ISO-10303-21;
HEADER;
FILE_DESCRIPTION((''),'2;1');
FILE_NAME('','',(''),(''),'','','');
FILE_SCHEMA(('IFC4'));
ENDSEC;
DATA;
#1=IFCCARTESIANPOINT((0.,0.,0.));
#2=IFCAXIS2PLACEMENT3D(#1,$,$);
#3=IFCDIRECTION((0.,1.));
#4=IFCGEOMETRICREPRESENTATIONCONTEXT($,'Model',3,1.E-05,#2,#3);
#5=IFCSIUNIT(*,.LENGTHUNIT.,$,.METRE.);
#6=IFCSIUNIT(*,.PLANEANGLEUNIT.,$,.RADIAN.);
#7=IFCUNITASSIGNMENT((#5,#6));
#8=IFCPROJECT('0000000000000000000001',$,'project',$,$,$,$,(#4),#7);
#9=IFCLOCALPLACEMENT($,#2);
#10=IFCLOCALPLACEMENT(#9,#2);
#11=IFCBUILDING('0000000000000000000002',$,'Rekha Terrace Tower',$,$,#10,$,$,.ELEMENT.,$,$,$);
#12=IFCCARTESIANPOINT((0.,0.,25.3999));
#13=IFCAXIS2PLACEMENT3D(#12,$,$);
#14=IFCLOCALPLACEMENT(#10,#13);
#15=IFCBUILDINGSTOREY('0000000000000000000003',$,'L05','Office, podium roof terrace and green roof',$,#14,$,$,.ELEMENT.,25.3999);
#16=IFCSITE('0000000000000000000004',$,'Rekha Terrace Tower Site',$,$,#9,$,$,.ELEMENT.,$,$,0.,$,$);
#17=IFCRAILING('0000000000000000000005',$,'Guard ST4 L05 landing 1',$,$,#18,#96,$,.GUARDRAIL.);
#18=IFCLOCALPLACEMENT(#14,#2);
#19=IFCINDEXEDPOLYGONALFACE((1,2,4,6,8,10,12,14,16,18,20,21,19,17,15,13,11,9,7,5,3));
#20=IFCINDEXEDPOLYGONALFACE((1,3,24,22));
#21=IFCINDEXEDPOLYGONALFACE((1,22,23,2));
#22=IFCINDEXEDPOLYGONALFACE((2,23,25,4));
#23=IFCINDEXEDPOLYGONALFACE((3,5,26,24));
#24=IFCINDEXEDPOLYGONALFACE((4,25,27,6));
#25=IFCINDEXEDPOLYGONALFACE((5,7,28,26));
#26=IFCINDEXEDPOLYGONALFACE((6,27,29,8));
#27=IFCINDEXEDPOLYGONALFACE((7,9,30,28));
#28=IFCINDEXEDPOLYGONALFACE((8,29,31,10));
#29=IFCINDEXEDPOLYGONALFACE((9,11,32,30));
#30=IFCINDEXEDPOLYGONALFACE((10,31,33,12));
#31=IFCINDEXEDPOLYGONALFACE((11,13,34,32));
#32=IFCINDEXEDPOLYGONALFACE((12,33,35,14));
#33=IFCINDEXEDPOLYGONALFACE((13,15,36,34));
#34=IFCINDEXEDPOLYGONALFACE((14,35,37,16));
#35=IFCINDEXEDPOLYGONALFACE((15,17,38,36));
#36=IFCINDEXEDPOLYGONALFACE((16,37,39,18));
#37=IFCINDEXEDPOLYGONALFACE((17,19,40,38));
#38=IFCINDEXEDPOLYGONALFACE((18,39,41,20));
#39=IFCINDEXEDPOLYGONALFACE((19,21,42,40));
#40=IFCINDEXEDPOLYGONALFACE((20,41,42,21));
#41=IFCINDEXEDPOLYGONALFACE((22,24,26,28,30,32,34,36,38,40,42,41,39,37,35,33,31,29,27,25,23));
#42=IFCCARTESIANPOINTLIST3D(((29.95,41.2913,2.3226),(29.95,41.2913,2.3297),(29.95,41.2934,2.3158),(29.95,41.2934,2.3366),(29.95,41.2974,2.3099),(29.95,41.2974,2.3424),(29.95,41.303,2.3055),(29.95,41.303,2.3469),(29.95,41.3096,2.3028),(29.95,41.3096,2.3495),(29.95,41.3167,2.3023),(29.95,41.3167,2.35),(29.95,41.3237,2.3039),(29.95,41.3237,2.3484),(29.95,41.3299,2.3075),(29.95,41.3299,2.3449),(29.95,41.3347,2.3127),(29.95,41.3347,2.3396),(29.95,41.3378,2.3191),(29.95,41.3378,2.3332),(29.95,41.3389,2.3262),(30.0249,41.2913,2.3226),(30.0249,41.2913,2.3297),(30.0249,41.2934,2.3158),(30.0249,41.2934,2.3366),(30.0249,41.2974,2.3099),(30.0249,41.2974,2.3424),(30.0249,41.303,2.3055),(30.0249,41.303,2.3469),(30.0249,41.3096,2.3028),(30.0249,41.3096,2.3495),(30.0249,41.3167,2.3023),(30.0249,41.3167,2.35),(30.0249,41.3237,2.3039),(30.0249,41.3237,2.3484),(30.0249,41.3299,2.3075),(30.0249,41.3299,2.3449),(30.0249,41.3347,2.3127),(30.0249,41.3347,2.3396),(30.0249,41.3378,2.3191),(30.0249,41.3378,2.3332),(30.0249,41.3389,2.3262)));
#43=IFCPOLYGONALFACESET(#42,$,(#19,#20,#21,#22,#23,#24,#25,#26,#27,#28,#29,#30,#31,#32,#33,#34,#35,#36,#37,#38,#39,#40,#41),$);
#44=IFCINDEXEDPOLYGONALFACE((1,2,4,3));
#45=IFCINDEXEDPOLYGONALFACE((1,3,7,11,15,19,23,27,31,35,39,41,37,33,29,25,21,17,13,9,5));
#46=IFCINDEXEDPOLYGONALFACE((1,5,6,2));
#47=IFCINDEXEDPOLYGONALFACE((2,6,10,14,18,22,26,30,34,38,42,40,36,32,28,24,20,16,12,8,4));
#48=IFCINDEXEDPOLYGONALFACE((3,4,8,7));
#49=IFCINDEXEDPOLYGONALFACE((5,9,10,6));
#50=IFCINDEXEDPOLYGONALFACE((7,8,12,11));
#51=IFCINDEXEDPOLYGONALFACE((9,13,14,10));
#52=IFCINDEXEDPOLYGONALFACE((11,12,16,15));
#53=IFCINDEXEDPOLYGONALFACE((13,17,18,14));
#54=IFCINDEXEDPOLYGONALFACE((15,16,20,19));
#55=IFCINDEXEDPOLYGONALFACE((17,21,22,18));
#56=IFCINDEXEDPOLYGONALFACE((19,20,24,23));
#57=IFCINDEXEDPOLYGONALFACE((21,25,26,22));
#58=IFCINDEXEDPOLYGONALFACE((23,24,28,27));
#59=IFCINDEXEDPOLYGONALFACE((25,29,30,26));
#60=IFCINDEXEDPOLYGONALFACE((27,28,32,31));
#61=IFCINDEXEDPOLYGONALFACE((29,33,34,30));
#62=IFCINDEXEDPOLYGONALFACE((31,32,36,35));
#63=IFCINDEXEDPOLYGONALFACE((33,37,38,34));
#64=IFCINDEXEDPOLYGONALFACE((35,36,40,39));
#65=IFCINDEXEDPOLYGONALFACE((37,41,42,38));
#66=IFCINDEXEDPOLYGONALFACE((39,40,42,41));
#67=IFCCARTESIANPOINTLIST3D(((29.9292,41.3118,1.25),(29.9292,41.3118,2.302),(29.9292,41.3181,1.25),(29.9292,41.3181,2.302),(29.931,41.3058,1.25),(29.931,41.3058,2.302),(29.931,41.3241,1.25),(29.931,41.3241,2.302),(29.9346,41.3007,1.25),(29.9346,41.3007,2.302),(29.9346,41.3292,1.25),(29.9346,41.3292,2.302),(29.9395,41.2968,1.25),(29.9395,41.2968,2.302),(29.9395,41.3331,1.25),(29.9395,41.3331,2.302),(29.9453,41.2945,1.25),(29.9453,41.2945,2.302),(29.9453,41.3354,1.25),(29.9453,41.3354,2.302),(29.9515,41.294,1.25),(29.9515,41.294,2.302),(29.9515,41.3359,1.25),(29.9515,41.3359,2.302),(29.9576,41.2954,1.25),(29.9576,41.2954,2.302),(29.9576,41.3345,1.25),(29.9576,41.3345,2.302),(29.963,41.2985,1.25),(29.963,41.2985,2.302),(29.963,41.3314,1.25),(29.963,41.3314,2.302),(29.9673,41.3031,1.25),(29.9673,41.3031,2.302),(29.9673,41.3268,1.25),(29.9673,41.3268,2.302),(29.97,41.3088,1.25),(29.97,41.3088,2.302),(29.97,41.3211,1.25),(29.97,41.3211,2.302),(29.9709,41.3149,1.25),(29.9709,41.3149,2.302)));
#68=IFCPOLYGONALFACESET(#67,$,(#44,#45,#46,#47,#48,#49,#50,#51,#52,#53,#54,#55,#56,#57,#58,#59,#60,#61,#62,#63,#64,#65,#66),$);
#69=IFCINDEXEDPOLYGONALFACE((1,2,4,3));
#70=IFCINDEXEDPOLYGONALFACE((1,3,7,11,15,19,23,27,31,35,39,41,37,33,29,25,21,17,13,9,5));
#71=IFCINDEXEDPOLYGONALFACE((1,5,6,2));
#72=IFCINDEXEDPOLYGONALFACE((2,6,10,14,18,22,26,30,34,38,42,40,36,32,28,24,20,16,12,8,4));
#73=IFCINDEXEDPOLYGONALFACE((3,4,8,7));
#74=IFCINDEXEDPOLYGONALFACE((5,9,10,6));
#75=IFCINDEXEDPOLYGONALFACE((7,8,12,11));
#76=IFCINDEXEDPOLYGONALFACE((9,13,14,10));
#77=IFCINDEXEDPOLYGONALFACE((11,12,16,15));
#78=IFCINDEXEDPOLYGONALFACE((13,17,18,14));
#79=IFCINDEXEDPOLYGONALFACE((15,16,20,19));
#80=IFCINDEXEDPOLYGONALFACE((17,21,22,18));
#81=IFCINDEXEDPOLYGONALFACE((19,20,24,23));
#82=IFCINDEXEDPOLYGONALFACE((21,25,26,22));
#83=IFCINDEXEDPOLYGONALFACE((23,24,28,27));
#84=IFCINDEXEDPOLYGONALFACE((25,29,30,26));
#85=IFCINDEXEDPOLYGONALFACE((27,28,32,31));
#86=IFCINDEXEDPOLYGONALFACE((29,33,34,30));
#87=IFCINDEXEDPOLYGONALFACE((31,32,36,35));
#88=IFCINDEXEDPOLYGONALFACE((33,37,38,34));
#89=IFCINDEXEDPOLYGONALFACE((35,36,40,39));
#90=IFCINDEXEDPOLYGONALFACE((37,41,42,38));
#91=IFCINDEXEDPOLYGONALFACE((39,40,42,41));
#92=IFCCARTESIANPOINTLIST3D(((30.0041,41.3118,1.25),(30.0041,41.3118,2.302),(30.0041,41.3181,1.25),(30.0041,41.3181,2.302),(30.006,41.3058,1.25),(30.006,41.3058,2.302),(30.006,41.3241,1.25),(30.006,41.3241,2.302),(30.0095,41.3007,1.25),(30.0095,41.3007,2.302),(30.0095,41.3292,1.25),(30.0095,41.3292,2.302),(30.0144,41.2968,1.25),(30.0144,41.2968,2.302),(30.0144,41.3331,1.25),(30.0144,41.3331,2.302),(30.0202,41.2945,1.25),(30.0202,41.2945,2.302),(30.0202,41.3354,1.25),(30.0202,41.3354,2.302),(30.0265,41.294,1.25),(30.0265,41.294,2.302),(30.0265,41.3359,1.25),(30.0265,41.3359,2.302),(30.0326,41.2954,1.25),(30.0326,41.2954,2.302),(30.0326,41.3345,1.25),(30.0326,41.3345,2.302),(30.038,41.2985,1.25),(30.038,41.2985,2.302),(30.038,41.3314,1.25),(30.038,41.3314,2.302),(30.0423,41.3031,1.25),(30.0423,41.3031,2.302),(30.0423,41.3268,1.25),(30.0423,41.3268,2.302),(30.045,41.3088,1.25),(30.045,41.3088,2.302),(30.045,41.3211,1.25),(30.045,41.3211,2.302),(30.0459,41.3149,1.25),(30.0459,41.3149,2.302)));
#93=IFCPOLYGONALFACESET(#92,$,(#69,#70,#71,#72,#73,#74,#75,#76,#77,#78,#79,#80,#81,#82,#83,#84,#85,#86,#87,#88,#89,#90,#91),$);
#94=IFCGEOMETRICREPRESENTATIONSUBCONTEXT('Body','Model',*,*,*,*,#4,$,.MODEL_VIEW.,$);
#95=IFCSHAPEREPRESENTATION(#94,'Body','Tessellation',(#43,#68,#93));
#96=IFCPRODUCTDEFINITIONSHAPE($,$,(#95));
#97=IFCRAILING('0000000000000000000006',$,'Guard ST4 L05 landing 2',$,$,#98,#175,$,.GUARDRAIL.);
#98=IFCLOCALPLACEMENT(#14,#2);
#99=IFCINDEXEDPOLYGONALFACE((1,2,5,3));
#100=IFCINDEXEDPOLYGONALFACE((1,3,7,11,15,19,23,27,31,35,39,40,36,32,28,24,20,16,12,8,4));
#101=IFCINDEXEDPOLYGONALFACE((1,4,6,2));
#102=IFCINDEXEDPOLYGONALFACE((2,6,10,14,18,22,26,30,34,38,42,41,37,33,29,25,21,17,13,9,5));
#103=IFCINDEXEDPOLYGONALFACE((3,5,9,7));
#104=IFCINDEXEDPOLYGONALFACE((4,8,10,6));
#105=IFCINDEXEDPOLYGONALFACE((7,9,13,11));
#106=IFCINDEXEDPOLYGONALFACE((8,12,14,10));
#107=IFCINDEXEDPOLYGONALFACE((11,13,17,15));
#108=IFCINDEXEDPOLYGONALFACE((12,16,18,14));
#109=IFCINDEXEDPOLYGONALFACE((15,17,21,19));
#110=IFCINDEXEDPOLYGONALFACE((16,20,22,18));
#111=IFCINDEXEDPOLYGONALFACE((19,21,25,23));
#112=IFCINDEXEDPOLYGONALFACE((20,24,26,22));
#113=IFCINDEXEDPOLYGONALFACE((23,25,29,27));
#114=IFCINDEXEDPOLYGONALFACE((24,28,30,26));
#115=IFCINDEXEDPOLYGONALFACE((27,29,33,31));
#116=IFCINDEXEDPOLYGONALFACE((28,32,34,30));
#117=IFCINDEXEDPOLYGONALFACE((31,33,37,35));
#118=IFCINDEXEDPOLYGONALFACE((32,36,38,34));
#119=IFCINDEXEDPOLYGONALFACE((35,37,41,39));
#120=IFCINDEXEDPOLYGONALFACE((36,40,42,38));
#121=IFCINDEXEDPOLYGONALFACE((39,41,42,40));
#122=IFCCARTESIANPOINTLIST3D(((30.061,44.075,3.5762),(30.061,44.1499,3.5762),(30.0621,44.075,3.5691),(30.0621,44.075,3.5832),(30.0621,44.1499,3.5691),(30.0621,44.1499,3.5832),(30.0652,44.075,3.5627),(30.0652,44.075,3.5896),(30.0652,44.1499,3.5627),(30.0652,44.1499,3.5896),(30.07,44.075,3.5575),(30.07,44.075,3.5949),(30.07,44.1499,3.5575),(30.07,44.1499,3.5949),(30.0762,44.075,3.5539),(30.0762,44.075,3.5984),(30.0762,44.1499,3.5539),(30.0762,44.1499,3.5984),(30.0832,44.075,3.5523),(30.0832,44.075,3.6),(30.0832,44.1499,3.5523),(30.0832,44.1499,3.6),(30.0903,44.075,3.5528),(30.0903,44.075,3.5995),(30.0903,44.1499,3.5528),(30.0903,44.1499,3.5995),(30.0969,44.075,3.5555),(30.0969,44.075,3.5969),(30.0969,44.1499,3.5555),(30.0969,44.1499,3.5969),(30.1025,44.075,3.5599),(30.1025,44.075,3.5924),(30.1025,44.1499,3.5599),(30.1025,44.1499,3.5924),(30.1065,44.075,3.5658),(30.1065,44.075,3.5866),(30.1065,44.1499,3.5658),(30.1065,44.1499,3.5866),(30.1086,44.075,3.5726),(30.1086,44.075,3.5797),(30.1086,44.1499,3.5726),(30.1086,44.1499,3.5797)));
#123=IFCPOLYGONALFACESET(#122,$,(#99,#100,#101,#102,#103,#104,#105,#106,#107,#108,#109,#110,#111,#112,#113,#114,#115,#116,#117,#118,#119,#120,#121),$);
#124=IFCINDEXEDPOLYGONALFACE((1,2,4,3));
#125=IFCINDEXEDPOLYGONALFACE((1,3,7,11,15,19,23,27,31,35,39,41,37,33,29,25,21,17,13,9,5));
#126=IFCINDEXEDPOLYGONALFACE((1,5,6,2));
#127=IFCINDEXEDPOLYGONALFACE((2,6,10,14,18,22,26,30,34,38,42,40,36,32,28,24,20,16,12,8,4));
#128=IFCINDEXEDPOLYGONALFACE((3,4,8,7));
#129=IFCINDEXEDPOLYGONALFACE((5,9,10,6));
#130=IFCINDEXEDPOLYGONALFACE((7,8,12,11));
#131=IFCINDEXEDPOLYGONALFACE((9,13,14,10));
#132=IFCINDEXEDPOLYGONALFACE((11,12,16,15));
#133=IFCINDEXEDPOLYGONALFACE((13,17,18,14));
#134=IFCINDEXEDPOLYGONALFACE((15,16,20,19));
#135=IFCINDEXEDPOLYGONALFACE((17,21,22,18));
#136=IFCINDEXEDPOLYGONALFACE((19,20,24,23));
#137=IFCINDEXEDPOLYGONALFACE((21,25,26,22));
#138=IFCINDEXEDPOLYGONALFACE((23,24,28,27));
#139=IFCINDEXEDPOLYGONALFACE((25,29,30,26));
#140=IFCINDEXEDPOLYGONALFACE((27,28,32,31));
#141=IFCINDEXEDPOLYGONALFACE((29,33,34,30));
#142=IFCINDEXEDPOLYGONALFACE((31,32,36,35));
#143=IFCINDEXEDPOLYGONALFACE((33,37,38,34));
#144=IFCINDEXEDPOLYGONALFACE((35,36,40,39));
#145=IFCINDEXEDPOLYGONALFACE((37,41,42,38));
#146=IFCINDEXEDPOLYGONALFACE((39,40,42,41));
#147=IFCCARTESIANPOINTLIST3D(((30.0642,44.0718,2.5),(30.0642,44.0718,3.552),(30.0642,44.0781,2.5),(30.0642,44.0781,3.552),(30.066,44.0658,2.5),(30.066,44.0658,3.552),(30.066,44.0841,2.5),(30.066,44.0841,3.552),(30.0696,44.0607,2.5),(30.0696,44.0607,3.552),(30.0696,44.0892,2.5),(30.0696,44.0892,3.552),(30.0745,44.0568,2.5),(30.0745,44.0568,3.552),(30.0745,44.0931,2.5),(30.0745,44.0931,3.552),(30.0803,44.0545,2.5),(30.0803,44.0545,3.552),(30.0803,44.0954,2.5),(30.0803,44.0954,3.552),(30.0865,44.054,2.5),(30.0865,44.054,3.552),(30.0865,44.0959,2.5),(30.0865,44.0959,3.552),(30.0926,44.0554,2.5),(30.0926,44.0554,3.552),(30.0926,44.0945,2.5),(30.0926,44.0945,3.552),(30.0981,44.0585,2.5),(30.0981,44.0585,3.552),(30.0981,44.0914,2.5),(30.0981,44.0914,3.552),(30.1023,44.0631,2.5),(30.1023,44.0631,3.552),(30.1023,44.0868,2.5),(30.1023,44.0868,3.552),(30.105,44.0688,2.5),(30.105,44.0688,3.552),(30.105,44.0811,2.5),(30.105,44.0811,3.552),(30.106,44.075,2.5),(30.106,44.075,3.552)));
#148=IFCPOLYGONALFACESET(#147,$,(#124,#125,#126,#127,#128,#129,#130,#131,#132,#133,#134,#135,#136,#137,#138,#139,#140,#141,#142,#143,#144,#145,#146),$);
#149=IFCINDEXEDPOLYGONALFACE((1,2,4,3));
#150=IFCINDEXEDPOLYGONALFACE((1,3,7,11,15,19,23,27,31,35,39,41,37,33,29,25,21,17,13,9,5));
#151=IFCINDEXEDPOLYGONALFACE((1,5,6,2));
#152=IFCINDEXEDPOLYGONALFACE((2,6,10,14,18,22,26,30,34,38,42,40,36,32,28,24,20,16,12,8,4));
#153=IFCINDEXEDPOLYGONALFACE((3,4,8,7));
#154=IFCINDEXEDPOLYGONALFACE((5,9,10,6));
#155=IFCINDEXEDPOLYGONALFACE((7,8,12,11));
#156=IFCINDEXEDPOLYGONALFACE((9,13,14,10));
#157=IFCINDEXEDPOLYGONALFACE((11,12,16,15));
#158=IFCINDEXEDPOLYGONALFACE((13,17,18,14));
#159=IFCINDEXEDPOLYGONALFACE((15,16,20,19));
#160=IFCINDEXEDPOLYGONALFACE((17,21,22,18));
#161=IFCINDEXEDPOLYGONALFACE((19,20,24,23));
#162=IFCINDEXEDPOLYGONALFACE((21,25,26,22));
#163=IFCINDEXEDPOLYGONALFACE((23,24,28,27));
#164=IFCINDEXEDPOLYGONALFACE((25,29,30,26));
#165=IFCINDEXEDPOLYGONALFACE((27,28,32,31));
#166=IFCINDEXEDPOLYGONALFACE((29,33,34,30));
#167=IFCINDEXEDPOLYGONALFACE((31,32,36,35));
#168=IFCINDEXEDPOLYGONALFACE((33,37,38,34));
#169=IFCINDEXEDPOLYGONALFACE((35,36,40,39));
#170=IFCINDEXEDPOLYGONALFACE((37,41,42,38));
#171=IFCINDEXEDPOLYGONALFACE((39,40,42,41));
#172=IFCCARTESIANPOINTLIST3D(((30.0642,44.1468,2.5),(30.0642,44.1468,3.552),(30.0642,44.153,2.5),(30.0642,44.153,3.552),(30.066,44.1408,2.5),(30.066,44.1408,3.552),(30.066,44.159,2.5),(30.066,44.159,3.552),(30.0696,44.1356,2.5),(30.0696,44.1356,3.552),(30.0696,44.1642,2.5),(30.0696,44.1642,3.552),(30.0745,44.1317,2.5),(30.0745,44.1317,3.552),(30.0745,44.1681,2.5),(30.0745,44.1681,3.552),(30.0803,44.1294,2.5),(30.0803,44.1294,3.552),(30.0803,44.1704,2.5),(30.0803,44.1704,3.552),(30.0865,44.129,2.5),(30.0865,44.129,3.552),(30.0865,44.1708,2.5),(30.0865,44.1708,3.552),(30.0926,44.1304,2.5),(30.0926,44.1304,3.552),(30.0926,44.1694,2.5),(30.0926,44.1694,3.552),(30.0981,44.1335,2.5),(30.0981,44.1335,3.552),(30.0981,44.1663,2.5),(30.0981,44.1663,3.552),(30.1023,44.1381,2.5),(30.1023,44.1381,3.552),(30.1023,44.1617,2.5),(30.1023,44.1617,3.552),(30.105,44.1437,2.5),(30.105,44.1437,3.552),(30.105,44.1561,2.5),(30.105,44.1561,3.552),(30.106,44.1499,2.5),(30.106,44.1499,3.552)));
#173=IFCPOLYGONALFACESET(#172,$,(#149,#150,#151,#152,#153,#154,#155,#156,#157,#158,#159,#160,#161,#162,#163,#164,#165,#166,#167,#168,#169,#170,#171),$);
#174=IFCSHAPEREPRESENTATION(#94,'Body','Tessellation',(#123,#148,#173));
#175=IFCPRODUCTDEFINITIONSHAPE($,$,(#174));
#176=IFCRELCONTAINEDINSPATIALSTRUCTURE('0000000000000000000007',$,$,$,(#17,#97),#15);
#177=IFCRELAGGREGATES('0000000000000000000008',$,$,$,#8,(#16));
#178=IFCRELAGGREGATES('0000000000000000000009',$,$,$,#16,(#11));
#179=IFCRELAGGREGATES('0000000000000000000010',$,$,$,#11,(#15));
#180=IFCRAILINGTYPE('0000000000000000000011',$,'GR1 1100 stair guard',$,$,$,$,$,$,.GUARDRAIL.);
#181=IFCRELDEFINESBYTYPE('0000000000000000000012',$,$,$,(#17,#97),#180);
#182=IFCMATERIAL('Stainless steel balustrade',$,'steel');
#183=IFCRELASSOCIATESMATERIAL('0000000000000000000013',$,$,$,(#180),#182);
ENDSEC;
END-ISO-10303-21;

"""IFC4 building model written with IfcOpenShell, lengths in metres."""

from ifc_helpers import new_model, si_unit, direction, frame, origin, origin_2d, place, context, subcontext, project, spatial, circle, extrude, material, type_object, element, save


model = new_model("IFC4")

# Units and contexts
model_context = context("Model", 3, precision=1e-05, world=origin(), true_north=direction((0.0, 1.0)))
body_context = subcontext(model_context, "Body", "Model", "MODEL_VIEW")
ifc_project = project(units=[si_unit("LENGTHUNIT", "METRE"), si_unit("PLANEANGLEUNIT", "RADIAN")], contexts=[model_context])

# Site, building, storey
site_placement = place(None, origin())
site = spatial("IfcSite", under=ifc_project, at=site_placement, Name="Rekha Terrace Tower Site", CompositionType="ELEMENT", RefElevation=0.0)
building_placement = place(site_placement, origin())
building = spatial("IfcBuilding", under=site, at=building_placement, Name="Rekha Terrace Tower", CompositionType="ELEMENT")
storey_placement = place(building_placement, frame((0.0, 0.0, 25.3999)))
storey = spatial("IfcBuildingStorey", under=building, at=storey_placement, Name="L05", Description="Office, podium roof terrace and green roof", CompositionType="ELEMENT", Elevation=25.3999)

# Railings
ifc_material_1 = material(Name="Stainless steel balustrade", Category="steel")
railing_type_1 = type_object("IfcRailingType", Name="GR1 1100 stair guard", PredefinedType="GUARDRAIL", material=ifc_material_1)
railing_1_placement = place(storey_placement, frame((29.95, 41.3149, 1.25)))
element("IfcRailing", 1, at=railing_1_placement, inside=storey, type_object=railing_type_1, Name="Guard ST4 L05 landing 1", PredefinedType="GUARDRAIL", context=body_context, shape_type="SweptSolid", body=[
    extrude(circle(Radius=0.0239, at=origin_2d()), frame((0.0, 0.0, 1.0762), z_axis=(1.0, 0.0, 0.0), x_axis=(0.0, 1.0, 0.0)), (0.0, 0.0, 1.0), 0.075),
    extrude(circle(Radius=0.021, at=origin_2d()), origin(), (0.0, 0.0, 1.0), 1.052),
    extrude(circle(Radius=0.021, at=origin_2d()), frame((0.075, 0.0, 0.0)), (0.0, 0.0, 1.0), 1.052),
])
railing_2_placement = place(storey_placement, frame((30.085, 44.075, 2.5)))
element("IfcRailing", 2, at=railing_2_placement, inside=storey, type_object=railing_type_1, Name="Guard ST4 L05 landing 2", PredefinedType="GUARDRAIL", context=body_context, shape_type="SweptSolid", body=[
    extrude(circle(Radius=0.0239, at=origin_2d()), frame((0.0, 0.0, 1.0762), z_axis=(0.0, 1.0, 0.0), x_axis=(-1.0, 0.0, 0.0)), (0.0, 0.0, 1.0), 0.075),
    extrude(circle(Radius=0.021, at=origin_2d()), origin(), (0.0, 0.0, 1.0), 1.052),
    extrude(circle(Radius=0.021, at=origin_2d()), frame((0.0, 0.075, 0.0)), (0.0, 0.0, 1.0), 1.052),
])

save(model, "model.ifc")
